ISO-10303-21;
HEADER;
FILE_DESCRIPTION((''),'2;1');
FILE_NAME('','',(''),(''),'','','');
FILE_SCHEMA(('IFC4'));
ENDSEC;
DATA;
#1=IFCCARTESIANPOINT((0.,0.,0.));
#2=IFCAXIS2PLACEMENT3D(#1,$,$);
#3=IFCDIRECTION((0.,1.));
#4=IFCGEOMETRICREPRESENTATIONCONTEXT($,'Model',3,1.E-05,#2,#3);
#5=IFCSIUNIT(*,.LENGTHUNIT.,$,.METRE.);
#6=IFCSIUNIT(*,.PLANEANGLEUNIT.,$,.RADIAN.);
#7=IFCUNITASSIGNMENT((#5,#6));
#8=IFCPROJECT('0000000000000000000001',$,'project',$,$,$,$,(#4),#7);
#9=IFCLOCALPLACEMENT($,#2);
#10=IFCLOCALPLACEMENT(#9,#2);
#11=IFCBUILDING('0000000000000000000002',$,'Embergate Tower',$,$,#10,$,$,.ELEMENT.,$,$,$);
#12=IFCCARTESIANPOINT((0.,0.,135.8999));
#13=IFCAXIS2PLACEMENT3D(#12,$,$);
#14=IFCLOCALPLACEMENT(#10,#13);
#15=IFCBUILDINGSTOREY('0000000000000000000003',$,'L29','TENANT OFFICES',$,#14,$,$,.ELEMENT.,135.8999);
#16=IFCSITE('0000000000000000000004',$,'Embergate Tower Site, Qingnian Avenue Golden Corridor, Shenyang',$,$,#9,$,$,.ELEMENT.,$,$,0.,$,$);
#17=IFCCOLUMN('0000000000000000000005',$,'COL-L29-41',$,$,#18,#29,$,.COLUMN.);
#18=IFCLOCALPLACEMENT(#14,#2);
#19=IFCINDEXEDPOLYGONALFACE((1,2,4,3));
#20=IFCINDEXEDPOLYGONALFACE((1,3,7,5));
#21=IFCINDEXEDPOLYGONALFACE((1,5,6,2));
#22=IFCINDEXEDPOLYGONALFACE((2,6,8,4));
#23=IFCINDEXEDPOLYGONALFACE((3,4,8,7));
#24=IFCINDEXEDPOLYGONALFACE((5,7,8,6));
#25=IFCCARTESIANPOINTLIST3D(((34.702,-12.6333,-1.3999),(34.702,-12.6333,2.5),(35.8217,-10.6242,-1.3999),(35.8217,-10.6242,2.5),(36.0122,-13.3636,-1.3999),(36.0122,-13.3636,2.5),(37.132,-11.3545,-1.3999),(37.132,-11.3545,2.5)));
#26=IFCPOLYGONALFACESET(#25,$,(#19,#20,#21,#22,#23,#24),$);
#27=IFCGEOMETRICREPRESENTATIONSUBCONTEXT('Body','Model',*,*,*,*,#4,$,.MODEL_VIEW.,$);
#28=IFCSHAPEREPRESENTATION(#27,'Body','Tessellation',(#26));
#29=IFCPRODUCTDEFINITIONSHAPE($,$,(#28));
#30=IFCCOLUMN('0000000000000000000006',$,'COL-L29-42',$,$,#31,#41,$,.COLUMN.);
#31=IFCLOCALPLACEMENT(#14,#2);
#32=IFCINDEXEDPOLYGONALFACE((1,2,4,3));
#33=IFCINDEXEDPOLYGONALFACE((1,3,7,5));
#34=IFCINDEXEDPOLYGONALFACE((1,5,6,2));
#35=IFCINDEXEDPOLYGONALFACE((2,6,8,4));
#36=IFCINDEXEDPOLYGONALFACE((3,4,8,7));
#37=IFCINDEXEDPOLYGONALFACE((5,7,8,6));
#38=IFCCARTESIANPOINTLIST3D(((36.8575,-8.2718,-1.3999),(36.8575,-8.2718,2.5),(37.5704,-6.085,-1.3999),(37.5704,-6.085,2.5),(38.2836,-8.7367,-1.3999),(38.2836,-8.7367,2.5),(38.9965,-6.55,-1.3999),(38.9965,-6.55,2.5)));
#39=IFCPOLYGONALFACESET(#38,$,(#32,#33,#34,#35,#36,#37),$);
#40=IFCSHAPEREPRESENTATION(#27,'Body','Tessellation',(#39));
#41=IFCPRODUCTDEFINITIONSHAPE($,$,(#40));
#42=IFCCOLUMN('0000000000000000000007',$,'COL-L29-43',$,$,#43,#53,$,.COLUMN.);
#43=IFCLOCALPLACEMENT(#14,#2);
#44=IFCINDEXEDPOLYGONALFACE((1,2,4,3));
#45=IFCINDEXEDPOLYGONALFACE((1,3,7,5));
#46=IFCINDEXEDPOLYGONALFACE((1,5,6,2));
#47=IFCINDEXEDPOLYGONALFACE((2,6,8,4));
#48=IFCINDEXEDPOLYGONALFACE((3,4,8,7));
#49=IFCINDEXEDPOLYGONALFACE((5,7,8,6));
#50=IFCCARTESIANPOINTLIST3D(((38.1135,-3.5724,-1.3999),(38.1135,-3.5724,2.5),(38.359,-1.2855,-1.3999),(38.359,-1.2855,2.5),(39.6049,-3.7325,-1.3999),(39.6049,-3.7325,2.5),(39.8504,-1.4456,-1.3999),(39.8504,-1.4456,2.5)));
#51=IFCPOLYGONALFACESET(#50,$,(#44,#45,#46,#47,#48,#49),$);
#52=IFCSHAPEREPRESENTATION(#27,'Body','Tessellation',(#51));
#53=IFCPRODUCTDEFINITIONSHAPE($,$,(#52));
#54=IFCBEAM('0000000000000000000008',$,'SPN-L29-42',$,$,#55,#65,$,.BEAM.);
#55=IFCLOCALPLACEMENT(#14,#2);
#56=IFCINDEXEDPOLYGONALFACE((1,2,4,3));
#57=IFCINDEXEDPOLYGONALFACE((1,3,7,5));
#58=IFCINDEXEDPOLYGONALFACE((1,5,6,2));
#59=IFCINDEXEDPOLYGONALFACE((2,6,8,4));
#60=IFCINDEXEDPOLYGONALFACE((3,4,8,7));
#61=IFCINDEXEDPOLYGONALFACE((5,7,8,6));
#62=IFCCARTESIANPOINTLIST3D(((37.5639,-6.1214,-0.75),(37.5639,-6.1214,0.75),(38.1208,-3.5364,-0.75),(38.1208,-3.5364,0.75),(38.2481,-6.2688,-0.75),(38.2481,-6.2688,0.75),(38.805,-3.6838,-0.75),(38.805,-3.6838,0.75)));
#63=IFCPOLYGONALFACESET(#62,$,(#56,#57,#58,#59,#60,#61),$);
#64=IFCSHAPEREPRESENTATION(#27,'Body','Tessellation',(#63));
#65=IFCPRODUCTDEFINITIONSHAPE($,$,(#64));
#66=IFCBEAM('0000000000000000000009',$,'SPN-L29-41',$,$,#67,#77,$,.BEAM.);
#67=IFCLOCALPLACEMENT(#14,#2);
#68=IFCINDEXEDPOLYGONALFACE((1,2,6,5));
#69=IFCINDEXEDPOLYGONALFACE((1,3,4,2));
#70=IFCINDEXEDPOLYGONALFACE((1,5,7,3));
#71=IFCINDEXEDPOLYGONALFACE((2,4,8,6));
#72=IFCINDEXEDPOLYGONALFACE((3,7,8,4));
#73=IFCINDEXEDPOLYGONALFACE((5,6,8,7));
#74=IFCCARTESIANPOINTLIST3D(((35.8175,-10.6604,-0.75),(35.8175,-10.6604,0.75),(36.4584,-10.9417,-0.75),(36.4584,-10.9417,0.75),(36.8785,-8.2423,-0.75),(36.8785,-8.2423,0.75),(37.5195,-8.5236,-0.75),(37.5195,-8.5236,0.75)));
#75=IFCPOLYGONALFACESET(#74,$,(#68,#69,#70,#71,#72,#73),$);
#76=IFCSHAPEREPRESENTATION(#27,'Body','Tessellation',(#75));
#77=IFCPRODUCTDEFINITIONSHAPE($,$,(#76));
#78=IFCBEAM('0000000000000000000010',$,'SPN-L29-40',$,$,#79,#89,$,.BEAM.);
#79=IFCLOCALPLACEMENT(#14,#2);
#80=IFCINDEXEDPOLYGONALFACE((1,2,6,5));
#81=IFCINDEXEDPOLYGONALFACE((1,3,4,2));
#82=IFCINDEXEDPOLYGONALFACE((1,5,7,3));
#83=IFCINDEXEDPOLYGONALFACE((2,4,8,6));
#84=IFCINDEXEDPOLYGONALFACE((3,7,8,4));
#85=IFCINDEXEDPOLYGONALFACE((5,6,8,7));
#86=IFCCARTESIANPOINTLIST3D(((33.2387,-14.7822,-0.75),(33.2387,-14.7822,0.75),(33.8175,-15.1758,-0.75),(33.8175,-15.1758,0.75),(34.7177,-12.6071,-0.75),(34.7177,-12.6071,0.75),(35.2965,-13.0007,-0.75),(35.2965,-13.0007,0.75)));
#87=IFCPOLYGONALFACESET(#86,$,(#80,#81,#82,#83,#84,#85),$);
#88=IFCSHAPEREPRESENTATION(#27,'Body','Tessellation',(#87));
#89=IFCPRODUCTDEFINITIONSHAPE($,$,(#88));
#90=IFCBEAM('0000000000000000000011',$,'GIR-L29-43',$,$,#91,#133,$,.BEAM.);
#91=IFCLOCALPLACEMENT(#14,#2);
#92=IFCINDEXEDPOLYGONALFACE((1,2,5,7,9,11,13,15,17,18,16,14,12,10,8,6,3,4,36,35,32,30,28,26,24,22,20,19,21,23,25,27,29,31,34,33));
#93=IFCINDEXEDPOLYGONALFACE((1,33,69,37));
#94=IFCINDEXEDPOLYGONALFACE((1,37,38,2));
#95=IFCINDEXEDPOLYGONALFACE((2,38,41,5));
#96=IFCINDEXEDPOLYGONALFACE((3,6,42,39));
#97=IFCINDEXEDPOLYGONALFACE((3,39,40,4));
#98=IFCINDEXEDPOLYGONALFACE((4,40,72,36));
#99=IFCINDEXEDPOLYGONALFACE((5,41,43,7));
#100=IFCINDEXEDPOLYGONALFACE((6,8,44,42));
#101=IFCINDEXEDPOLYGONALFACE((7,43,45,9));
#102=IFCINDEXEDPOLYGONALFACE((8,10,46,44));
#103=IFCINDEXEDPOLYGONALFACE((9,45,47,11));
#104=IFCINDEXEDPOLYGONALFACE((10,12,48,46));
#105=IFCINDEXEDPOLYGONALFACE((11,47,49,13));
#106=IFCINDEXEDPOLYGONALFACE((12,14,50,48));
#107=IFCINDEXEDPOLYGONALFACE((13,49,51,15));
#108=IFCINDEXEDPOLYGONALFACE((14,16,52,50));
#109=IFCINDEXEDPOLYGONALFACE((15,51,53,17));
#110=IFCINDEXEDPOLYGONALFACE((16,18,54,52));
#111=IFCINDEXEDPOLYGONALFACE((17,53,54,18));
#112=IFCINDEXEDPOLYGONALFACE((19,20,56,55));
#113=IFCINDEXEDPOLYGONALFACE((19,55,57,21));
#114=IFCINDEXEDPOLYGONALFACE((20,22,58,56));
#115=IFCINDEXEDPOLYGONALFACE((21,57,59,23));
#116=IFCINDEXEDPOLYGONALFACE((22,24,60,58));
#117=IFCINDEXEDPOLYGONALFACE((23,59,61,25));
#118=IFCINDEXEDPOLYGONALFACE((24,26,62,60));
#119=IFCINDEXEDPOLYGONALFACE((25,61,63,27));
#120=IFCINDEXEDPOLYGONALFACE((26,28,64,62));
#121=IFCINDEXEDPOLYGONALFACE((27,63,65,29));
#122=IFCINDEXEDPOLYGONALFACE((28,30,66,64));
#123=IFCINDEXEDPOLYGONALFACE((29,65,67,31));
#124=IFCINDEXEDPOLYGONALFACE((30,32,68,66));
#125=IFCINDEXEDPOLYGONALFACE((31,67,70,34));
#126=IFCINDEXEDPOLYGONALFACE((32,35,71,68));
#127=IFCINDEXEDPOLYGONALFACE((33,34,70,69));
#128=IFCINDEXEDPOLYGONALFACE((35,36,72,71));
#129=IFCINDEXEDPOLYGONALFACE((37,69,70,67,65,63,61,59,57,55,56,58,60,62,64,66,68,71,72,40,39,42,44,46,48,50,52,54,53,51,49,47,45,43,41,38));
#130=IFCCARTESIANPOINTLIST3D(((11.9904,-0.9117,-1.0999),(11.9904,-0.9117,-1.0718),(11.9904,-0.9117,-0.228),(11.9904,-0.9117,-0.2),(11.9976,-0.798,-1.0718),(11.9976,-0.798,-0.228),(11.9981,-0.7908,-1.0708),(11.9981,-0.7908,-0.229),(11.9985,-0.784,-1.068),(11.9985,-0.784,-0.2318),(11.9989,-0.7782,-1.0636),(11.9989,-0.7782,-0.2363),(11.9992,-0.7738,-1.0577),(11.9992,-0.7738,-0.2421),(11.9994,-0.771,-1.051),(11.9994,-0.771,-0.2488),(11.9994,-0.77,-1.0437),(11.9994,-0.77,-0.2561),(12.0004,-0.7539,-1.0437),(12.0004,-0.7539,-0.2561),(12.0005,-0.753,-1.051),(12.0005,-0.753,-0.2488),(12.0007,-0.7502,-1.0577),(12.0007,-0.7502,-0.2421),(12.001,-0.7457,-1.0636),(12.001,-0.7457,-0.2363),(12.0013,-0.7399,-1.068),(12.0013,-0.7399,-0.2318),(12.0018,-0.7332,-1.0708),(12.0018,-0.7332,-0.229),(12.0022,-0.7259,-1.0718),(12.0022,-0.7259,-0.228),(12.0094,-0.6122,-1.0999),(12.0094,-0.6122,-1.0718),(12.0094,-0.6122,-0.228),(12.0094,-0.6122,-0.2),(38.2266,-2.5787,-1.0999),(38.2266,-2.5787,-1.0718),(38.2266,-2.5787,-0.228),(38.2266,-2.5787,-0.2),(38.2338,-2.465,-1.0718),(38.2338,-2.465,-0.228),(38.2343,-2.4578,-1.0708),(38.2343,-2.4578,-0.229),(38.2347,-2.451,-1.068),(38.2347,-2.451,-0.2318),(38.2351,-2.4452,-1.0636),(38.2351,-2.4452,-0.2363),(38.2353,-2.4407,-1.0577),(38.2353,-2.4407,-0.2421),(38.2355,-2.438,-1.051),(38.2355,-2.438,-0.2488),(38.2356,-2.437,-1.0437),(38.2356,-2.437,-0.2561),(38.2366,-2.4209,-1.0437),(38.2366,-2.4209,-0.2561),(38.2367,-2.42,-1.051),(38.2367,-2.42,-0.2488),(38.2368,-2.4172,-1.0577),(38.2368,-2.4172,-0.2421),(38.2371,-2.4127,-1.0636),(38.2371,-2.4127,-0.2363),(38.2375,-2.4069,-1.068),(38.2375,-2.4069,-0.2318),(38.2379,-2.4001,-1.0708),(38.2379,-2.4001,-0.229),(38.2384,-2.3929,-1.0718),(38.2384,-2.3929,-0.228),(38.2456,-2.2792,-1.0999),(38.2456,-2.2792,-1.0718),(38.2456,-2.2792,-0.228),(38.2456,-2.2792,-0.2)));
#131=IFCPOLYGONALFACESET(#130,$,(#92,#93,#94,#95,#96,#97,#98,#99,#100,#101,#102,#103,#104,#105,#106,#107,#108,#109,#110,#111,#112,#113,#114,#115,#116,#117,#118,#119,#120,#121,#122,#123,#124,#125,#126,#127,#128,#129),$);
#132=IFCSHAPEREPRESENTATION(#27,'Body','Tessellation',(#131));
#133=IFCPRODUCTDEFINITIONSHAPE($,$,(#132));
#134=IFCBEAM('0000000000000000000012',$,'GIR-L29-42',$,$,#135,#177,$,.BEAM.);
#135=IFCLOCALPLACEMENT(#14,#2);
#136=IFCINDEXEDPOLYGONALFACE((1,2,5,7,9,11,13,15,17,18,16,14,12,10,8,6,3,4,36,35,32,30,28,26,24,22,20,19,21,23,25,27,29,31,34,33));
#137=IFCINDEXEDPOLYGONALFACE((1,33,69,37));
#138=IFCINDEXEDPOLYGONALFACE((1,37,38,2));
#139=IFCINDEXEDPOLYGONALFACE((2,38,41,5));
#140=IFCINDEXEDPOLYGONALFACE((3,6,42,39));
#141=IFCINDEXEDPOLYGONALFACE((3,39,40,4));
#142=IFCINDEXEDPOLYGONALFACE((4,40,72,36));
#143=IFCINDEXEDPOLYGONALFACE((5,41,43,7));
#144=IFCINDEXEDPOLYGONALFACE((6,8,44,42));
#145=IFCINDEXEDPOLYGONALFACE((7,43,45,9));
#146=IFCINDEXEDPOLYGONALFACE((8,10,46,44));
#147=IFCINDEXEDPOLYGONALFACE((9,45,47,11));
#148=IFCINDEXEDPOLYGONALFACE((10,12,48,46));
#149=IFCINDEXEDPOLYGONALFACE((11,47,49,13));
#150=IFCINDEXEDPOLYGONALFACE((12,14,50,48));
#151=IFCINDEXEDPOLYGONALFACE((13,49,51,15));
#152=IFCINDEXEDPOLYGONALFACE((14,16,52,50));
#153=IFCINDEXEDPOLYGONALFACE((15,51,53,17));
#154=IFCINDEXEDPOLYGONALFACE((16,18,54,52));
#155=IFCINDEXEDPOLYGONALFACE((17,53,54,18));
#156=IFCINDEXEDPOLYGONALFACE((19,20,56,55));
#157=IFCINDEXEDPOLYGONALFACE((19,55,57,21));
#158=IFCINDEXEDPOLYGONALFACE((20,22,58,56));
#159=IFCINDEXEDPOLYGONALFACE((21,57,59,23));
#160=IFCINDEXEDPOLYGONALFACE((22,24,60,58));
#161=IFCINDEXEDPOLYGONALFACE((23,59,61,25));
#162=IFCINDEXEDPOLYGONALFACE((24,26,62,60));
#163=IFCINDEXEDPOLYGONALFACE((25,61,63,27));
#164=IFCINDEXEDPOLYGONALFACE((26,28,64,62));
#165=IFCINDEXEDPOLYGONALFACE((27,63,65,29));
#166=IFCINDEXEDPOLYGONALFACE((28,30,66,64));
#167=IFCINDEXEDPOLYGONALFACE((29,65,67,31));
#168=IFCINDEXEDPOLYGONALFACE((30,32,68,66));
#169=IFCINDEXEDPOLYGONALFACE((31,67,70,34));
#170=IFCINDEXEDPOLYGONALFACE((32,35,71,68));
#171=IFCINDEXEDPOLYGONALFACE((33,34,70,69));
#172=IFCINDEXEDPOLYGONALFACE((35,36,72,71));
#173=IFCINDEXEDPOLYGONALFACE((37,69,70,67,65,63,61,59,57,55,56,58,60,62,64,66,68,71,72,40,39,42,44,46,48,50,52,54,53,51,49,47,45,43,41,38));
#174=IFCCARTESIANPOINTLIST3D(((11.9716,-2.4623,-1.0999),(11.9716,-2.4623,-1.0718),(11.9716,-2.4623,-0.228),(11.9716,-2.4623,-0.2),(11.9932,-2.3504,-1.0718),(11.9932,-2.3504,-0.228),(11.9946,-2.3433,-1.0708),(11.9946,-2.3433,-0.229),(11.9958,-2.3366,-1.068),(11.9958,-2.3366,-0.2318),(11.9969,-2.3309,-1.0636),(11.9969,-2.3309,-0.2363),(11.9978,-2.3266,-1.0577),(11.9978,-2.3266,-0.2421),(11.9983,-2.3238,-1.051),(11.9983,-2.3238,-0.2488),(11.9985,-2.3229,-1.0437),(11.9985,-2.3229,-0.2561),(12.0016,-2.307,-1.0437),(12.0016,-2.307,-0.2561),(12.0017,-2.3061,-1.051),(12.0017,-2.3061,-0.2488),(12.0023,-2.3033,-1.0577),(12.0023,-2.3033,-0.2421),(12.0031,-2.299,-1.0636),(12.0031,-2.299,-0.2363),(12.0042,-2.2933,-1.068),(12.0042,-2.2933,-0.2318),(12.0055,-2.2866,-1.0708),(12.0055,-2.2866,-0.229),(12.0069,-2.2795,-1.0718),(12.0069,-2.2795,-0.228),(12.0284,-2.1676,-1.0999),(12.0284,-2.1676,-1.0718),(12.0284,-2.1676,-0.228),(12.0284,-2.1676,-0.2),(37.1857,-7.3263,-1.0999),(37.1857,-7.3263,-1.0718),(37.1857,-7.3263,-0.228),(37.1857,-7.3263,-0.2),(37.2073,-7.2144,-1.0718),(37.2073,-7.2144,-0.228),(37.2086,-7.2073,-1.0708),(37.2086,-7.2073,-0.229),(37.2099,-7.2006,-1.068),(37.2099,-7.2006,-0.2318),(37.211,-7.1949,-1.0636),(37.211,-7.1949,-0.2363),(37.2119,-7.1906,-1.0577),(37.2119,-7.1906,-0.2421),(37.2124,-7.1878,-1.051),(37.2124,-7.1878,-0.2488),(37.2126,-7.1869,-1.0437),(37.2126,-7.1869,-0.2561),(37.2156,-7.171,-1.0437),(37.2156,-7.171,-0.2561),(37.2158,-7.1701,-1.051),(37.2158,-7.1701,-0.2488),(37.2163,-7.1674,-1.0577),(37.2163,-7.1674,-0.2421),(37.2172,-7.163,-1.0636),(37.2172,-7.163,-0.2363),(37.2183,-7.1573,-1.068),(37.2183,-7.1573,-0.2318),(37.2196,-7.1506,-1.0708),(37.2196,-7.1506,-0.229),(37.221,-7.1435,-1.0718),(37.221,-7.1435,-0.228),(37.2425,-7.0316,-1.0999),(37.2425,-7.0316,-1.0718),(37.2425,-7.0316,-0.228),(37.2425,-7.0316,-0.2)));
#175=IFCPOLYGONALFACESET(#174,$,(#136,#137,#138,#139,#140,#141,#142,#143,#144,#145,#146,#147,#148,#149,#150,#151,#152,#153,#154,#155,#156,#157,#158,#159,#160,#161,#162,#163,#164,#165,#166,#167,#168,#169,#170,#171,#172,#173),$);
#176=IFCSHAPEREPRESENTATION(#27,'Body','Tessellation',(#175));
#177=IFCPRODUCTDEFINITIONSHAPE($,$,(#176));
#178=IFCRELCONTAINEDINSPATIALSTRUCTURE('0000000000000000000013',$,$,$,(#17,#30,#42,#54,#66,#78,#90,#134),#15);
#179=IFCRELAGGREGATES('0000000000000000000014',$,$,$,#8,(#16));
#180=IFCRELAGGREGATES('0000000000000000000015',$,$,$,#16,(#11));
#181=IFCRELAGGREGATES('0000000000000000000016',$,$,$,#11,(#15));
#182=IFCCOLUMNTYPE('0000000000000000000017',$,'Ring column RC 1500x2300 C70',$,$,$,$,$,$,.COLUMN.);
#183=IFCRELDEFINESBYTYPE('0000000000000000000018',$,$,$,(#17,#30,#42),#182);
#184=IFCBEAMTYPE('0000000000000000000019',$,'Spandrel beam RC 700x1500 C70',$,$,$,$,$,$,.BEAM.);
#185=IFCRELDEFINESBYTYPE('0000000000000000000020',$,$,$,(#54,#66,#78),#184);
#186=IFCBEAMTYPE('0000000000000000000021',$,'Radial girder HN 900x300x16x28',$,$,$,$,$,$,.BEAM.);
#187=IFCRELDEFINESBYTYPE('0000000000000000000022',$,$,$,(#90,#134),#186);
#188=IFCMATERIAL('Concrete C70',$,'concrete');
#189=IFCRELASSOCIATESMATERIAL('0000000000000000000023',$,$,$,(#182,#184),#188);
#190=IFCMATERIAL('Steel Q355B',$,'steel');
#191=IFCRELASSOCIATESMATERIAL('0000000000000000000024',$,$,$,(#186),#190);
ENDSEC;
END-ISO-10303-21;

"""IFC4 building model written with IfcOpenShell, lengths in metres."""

from ifc_helpers import new_model, si_unit, direction, frame, origin, origin_2d, place, context, subcontext, project, spatial, rectangle, i_section, extrude, source, transform, mapped, material, material_profile, profile_set, type_object, element, save


model = new_model("IFC4")

# Units and contexts
model_context = context("Model", 3, precision=1e-05, world=origin(), true_north=direction((0.0, 1.0)))
body_context = subcontext(model_context, "Body", "Model", "MODEL_VIEW")
ifc_project = project(units=[si_unit("LENGTHUNIT", "METRE"), si_unit("PLANEANGLEUNIT", "RADIAN")], contexts=[model_context])

# Site, building, storey
site_placement = place(None, origin())
site = spatial("IfcSite", under=ifc_project, at=site_placement, Name="Embergate Tower Site, Qingnian Avenue Golden Corridor, Shenyang", CompositionType="ELEMENT", RefElevation=0.0)
building_placement = place(site_placement, origin())
building = spatial("IfcBuilding", under=site, at=building_placement, Name="Embergate Tower", CompositionType="ELEMENT")
storey_placement = place(building_placement, frame((0.0, 0.0, 135.8999)))
storey = spatial("IfcBuildingStorey", under=building, at=storey_placement, Name="L29", Description="TENANT OFFICES", CompositionType="ELEMENT", Elevation=135.8999)

# Columns
ifc_material_1 = material(Name="Concrete C70", Category="concrete")
ifc_material_profile_1 = material_profile(ifc_material_1, rectangle(XDim=1.5, YDim=2.3, at=origin_2d()), Name="RC 1500x2300")
ifc_profile_set_1 = profile_set([ifc_material_profile_1], Name="Concrete C70")
column_type = type_object("IfcColumnType", Name="Ring column RC 1500x2300 C70", PredefinedType="COLUMN", material=ifc_profile_set_1)
shared_shape_1 = source(origin(), body_context, "Body", "SweptSolid", [
    extrude(rectangle(XDim=1.5, YDim=2.3, at=origin_2d()), origin(), (0.0, 0.0, 1.0), 3.8999),
])
for number, where, z_axis, x_axis, name in (
    (1, (35.917, -11.9939, -1.3999), (0.0, 0.0, 1.0), (0.873492, -0.486839, 0.0), "COL-L29-41"),
    (2, (37.927, -7.4109, -1.3999), (0.0, 0.0, 1.0), (0.950754, -0.309946, 0.0), "COL-L29-42"),
    (3, (38.9819, -2.509, -1.3999), (0.0, 0.0, 1.0), (0.994286, -0.10675, 0.0), "COL-L29-43"),
):
    element("IfcColumn", number, at=place(storey_placement, frame(where, z_axis=z_axis, x_axis=x_axis)), inside=storey, type_object=column_type, Name=name, PredefinedType="COLUMN", context=body_context, shape_type="MappedRepresentation", body=[
        mapped(shared_shape_1, transform((0.0, 0.0, 0.0))),
    ])

# Beams
ifc_material_profile_2 = material_profile(ifc_material_1, rectangle(XDim=0.7, YDim=1.5, at=origin_2d()), Name="RC 700x1500")
ifc_profile_set_2 = profile_set([ifc_material_profile_2], Name="Concrete C70")
beam_type_1 = type_object("IfcBeamType", Name="Spandrel beam RC 700x1500 C70", PredefinedType="BEAM", material=ifc_profile_set_2)
shared_shape_2 = source(origin(), body_context, "Body", "SweptSolid", [
    extrude(rectangle(XDim=0.7, YDim=1.5, at=origin_2d()), origin(), (0.0, 0.0, 1.0), 2.6443),
])
beam_1_placement = place(storey_placement, frame((37.906, -6.1951, 0.0), z_axis=(0.210601, 0.977572, 0.0), x_axis=(-0.977572, 0.210601, 0.0)))
element("IfcBeam", 4, at=beam_1_placement, inside=storey, type_object=beam_type_1, Name="SPN-L29-42", PredefinedType="BEAM", context=body_context, shape_type="MappedRepresentation", body=[
    mapped(shared_shape_2, transform((0.0, 0.0, 0.0))),
])
shared_shape_3 = source(origin(), body_context, "Body", "SweptSolid", [
    extrude(rectangle(XDim=0.7, YDim=1.5, at=origin_2d()), origin(), (0.0, 0.0, 1.0), 2.6406),
])
beam_2_placement = place(storey_placement, frame((36.1379, -10.801, 0.0), z_axis=(0.401827, 0.915715, 0.0), x_axis=(-0.915715, 0.401827, 0.0)))
element("IfcBeam", 5, at=beam_2_placement, inside=storey, type_object=beam_type_1, Name="SPN-L29-41", PredefinedType="BEAM", context=body_context, shape_type="MappedRepresentation", body=[
    mapped(shared_shape_3, transform((0.0, 0.0, 0.0))),
])
shared_shape_4 = source(origin(), body_context, "Body", "SweptSolid", [
    extrude(rectangle(XDim=0.7, YDim=1.5, at=origin_2d()), origin(), (0.0, 0.0, 1.0), 2.6304),
])
beam_3_placement = place(storey_placement, frame((33.5281, -14.979, 0.0), z_axis=(0.562302, 0.826932, 0.0), x_axis=(-0.826932, 0.562302, 0.0)))
element("IfcBeam", 6, at=beam_3_placement, inside=storey, type_object=beam_type_1, Name="SPN-L29-40", PredefinedType="BEAM", context=body_context, shape_type="MappedRepresentation", body=[
    mapped(shared_shape_4, transform((0.0, 0.0, 0.0))),
])
ifc_material_2 = material(Name="Steel Q355B", Category="steel")
ifc_material_profile_3 = material_profile(ifc_material_2, i_section(OverallWidth=0.3, OverallDepth=0.8999, WebThickness=0.0161, FlangeThickness=0.0281, FilletRadius=0.0281, at=origin_2d()), Name="HN 900x300x16x28")
ifc_profile_set_3 = profile_set([ifc_material_profile_3], Name="Steel Q355 grade B")
beam_type_2 = type_object("IfcBeamType", Name="Radial girder HN 900x300x16x28", PredefinedType="BEAM", material=ifc_profile_set_3)
shared_shape_5 = source(origin(), body_context, "Body", "SweptSolid", [
    extrude(i_section(OverallWidth=0.3, OverallDepth=0.8999, WebThickness=0.0161, FlangeThickness=0.0281, FilletRadius=0.0281, at=origin_2d()), origin(), (0.0, 0.0, 1.0), 26.2891),
])
beam_4_placement = place(storey_placement, frame((38.2361, -2.429, -0.6499), z_axis=(-0.997988, 0.06341, 0.0), x_axis=(-0.06341, -0.997988, 0.0)))
element("IfcBeam", 7, at=beam_4_placement, inside=storey, type_object=beam_type_2, Name="GIR-L29-43", PredefinedType="BEAM", context=body_context, shape_type="MappedRepresentation", body=[
    mapped(shared_shape_5, transform((0.0, 0.0, 0.0))),
])
shared_shape_6 = source(origin(), body_context, "Body", "SweptSolid", [
    extrude(i_section(OverallWidth=0.3, OverallDepth=0.8999, WebThickness=0.0161, FlangeThickness=0.0281, FilletRadius=0.0281, at=origin_2d()), origin(), (0.0, 0.0, 1.0), 25.679),
])
beam_5_placement = place(storey_placement, frame((37.2141, -7.179, -0.6499), z_axis=(-0.981897, 0.189416, 0.0), x_axis=(-0.189416, -0.981897, 0.0)))
element("IfcBeam", 8, at=beam_5_placement, inside=storey, type_object=beam_type_2, Name="GIR-L29-42", PredefinedType="BEAM", context=body_context, shape_type="MappedRepresentation", body=[
    mapped(shared_shape_6, transform((0.0, 0.0, 0.0))),
])

save(model, "model.ifc")
